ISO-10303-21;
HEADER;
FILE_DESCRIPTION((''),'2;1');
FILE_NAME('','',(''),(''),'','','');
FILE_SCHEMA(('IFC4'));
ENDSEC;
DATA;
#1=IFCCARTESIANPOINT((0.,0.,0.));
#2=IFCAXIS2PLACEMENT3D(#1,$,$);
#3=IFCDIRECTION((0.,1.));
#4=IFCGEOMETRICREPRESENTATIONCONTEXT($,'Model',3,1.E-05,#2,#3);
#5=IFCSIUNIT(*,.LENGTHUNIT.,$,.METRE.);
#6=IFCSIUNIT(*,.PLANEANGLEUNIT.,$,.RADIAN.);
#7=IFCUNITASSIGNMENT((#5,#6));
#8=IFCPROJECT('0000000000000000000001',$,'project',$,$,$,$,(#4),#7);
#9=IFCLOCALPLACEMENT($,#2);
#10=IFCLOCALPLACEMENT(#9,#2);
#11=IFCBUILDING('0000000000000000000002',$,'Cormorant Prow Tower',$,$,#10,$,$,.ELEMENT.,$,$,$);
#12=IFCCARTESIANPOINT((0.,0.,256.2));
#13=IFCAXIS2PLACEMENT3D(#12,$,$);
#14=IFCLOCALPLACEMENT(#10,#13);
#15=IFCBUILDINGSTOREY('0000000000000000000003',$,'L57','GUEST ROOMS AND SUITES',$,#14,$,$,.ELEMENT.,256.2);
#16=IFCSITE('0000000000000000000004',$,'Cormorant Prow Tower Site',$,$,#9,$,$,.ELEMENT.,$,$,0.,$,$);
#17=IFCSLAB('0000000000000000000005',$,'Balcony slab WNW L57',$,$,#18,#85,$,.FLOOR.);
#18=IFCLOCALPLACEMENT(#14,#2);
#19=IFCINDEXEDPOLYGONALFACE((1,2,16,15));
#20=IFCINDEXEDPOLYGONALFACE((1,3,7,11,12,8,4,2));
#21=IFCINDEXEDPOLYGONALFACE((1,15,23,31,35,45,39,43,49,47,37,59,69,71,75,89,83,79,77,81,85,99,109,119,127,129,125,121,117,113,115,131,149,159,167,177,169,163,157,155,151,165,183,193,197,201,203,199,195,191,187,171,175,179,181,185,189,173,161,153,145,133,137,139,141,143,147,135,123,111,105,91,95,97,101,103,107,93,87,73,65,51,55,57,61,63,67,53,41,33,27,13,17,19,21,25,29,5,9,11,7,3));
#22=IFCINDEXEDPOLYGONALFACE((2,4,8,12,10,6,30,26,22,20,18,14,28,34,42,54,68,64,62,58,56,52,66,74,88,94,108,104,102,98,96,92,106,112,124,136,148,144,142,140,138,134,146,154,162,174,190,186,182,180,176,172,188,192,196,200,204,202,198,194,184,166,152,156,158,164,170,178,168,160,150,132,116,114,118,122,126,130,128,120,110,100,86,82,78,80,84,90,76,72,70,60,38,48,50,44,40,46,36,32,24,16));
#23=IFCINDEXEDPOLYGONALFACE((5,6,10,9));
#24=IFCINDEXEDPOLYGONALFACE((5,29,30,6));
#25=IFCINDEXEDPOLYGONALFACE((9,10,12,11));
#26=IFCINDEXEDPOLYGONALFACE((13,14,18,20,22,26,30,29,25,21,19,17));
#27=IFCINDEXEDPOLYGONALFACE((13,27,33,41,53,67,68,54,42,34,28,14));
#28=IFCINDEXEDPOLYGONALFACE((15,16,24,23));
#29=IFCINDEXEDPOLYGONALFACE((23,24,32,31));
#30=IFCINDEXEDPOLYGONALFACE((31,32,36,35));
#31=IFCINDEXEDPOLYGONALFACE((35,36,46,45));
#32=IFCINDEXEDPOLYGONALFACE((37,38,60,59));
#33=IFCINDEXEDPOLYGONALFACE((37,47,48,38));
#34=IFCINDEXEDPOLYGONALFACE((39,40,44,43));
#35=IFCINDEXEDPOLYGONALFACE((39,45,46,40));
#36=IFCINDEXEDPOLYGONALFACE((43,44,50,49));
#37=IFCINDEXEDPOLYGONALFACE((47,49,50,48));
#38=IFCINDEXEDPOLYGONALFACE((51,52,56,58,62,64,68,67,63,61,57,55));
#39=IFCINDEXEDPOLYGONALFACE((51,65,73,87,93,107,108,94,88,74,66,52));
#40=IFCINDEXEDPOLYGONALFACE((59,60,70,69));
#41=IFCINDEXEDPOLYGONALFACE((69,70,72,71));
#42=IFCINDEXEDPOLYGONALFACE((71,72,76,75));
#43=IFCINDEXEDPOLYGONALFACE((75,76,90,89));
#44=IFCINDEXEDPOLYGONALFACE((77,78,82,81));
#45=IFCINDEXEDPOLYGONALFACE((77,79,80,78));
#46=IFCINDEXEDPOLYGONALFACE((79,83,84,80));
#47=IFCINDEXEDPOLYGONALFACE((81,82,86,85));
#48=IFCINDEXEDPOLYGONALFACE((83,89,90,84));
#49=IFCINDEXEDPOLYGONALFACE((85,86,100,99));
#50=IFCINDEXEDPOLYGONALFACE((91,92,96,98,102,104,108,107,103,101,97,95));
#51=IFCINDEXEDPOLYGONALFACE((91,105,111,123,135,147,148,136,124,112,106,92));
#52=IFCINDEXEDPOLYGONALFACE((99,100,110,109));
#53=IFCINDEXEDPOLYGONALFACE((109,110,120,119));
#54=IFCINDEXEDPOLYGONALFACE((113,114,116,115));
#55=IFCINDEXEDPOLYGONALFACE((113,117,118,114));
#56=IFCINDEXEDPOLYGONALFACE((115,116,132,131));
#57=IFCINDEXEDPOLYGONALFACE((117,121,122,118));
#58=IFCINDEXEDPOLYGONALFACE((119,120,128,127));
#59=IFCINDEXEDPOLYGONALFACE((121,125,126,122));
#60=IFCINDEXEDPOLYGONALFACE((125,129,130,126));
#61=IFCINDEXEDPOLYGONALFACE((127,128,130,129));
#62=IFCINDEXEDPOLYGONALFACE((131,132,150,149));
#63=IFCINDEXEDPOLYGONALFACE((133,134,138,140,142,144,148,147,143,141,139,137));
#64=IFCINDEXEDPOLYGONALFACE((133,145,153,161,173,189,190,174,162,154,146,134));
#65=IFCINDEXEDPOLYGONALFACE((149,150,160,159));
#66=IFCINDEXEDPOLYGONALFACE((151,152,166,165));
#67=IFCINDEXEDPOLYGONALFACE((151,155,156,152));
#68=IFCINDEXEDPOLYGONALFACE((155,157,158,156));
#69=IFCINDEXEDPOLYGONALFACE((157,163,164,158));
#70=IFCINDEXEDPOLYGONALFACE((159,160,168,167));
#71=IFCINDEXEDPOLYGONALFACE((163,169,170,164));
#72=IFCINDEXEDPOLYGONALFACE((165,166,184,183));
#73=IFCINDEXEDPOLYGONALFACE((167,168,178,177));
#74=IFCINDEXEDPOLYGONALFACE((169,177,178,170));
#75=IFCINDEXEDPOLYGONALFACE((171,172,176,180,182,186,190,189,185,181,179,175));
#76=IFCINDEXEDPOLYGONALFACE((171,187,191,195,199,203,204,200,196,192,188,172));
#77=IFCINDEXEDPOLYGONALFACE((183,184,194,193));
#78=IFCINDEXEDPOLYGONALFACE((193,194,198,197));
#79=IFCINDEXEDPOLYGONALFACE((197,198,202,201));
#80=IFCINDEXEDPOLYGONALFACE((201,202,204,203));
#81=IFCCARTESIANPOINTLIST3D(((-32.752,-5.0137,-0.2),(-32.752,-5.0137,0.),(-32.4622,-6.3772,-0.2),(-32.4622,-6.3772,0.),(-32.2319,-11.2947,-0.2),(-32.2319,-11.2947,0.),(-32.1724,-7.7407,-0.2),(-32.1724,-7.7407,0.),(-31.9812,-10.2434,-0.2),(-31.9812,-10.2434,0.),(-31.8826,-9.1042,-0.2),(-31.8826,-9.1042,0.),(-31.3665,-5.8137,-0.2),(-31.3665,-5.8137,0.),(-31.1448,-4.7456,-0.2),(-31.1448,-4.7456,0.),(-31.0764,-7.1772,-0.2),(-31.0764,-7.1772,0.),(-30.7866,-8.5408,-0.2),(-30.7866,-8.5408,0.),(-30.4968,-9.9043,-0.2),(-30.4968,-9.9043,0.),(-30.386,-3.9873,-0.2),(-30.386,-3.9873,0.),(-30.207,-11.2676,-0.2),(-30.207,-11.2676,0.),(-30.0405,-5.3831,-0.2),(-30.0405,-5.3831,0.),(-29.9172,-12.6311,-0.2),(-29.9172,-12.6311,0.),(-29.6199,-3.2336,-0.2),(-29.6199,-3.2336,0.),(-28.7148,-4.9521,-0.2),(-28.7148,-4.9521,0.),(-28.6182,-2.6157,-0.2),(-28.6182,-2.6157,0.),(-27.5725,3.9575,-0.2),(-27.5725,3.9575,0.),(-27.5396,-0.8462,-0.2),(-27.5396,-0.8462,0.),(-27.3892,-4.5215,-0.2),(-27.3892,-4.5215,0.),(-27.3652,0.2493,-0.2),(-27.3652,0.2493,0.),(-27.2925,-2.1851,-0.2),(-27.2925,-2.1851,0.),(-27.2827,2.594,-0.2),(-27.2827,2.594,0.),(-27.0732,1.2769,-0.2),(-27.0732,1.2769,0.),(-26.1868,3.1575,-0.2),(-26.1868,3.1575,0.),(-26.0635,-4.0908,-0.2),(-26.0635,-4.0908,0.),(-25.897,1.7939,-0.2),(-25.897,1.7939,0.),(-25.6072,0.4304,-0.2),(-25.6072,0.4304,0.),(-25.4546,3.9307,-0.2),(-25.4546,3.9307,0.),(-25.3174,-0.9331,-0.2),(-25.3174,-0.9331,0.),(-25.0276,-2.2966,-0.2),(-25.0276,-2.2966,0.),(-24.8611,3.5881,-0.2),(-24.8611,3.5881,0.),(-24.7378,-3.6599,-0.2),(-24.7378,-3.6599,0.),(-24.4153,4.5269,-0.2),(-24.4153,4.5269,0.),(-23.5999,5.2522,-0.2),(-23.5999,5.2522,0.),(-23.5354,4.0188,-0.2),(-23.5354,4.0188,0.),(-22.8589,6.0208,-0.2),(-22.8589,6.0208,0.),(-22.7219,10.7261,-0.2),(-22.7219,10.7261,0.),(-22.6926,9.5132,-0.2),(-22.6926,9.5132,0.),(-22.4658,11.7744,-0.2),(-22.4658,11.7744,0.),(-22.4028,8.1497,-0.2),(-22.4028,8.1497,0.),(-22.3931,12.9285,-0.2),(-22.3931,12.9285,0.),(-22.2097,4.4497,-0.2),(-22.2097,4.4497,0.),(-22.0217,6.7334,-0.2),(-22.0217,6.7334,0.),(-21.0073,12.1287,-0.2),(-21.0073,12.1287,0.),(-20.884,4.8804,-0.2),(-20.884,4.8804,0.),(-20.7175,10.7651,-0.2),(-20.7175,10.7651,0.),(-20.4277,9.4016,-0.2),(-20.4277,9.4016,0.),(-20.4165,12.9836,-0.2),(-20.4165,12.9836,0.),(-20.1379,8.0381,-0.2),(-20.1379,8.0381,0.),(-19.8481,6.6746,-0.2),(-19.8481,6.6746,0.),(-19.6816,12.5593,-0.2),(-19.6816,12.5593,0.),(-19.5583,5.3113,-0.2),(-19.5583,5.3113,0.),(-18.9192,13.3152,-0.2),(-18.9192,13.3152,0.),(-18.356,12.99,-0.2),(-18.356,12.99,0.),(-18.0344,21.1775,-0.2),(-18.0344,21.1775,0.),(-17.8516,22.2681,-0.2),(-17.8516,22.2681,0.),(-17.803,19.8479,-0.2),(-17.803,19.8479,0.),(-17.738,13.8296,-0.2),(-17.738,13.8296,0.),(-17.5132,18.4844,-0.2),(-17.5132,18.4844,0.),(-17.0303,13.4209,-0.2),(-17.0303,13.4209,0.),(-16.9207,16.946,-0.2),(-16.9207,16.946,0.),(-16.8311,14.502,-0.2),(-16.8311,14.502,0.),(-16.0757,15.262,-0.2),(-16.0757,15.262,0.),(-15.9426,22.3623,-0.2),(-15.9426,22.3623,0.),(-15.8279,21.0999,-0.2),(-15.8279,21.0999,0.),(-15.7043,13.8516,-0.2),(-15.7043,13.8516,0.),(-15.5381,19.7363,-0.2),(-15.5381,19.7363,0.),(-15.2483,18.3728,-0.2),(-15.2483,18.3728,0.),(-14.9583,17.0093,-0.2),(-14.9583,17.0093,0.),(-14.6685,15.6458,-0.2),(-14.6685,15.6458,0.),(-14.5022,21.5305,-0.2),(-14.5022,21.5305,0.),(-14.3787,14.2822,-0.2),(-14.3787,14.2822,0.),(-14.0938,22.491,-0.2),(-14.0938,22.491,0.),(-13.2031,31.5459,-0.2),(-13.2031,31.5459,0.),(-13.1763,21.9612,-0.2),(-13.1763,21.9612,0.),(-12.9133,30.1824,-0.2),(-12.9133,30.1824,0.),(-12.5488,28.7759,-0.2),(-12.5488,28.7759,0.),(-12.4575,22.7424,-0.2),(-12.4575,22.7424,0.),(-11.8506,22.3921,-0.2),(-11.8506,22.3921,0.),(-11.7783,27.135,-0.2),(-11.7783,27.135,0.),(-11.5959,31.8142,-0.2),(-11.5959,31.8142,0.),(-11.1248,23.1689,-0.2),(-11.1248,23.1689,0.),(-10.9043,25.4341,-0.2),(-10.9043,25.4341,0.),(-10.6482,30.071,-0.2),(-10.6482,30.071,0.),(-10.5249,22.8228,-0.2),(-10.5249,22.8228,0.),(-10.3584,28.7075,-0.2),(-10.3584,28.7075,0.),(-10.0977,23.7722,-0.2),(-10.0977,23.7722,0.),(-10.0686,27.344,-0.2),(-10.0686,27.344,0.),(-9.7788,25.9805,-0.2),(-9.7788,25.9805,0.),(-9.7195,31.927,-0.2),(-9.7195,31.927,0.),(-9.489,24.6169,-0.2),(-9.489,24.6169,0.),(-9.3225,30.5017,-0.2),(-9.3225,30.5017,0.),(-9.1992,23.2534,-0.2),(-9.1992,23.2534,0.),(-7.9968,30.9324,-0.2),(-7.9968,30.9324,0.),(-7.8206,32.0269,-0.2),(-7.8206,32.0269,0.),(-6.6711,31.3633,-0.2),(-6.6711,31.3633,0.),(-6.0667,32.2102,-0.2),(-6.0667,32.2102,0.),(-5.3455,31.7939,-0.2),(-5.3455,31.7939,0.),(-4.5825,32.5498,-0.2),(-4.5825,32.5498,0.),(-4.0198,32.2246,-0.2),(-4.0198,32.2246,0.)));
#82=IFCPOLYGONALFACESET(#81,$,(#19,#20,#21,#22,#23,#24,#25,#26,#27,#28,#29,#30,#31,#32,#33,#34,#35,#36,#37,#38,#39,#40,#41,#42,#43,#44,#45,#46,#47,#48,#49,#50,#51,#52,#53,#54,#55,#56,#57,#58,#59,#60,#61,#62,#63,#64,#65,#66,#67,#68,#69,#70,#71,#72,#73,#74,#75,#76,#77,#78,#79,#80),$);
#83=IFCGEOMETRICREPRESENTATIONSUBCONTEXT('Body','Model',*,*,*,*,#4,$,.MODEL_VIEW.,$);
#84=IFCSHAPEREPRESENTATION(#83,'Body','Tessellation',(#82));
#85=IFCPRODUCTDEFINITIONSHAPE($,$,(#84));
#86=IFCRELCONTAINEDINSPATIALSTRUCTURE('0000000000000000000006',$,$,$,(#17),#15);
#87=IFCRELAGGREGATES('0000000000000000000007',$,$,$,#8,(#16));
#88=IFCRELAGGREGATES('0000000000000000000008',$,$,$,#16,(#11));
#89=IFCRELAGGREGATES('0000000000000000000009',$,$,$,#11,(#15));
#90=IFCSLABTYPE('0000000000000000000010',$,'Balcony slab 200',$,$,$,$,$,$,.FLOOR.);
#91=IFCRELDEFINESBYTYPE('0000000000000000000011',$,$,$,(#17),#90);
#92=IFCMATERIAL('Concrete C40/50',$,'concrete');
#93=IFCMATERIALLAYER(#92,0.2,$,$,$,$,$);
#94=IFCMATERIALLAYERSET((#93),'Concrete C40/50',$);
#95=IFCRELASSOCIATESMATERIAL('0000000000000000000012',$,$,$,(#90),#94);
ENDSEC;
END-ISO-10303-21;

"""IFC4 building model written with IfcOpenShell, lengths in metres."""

from ifc_helpers import new_model, si_unit, direction, frame, origin, place, context, subcontext, project, spatial, polyline, outline, extrude, material, layer, layer_set, type_object, element, save


model = new_model("IFC4")

# Units and contexts
model_context = context("Model", 3, precision=1e-05, world=origin(), true_north=direction((0.0, 1.0)))
body_context = subcontext(model_context, "Body", "Model", "MODEL_VIEW")
ifc_project = project(units=[si_unit("LENGTHUNIT", "METRE"), si_unit("PLANEANGLEUNIT", "RADIAN")], contexts=[model_context])

# Site, building, storey
site_placement = place(None, origin())
site = spatial("IfcSite", under=ifc_project, at=site_placement, Name="Cormorant Prow Tower Site", CompositionType="ELEMENT", RefElevation=0.0)
building_placement = place(site_placement, origin())
building = spatial("IfcBuilding", under=site, at=building_placement, Name="Cormorant Prow Tower", CompositionType="ELEMENT")
storey_placement = place(building_placement, frame((0.0, 0.0, 256.2)))
storey = spatial("IfcBuildingStorey", under=building, at=storey_placement, Name="L57", Description="GUEST ROOMS AND SUITES", CompositionType="ELEMENT", Elevation=256.2)

# Slab
ifc_material_1 = material(Name="Concrete C40/50", Category="concrete")
ifc_layer_1 = layer(ifc_material_1, 0.2)
ifc_layer_set_1 = layer_set([ifc_layer_1], Name="Concrete C40/50")
slab_type_1 = type_object("IfcSlabType", Name="Balcony slab 200", PredefinedType="FLOOR", material=ifc_layer_set_1)
slab_1_placement = place(storey_placement, frame((0.0, 0.0, -0.2)))
element("IfcSlab", 1, at=slab_1_placement, inside=storey, type_object=slab_type_1, Name="Balcony slab WNW L57", PredefinedType="FLOOR", context=body_context, shape_type="SweptSolid", body=[
    extrude(outline(polyline([(-4.0198, 32.2246), (-4.5825, 32.5498), (-6.0667, 32.2102), (-7.8206, 32.0269), (-9.7195, 31.927), (-11.5959, 31.8142), (-13.2031, 31.5459), (-12.9133, 30.1824), (-12.5488, 28.7759), (-11.7783, 27.135), (-10.9043, 25.4341), (-10.0977, 23.7722), (-11.1248, 23.1689), (-12.4575, 22.7424), (-14.0938, 22.491), (-15.9426, 22.3623), (-17.8516, 22.2681), (-18.0344, 21.1775), (-17.803, 19.8479), (-17.5132, 18.4844), (-16.9207, 16.946), (-16.0757, 15.262), (-16.8311, 14.502), (-17.738, 13.8296), (-18.9192, 13.3152), (-20.4165, 12.9836), (-22.3931, 12.9285), (-22.4658, 11.7744), (-22.7219, 10.7261), (-22.6926, 9.5132), (-22.4028, 8.1497), (-22.0217, 6.7334), (-22.8589, 6.0208), (-23.5999, 5.2522), (-24.4153, 4.5269), (-25.4546, 3.9307), (-27.5725, 3.9575), (-27.2827, 2.594), (-27.0732, 1.2769), (-27.3652, 0.2493), (-27.5396, -0.8462), (-27.2925, -2.1851), (-28.6182, -2.6157), (-29.6199, -3.2336), (-30.386, -3.9873), (-31.1448, -4.7456), (-32.752, -5.0137), (-32.4622, -6.3772), (-32.1724, -7.7407), (-31.8826, -9.1042), (-31.9812, -10.2434), (-32.2319, -11.2947), (-29.9172, -12.6311), (-30.207, -11.2676), (-30.4968, -9.9043), (-30.7866, -8.5408), (-31.0764, -7.1772), (-31.3665, -5.8137), (-30.0405, -5.3831), (-28.7148, -4.9521), (-27.3892, -4.5215), (-26.0635, -4.0908), (-24.7378, -3.6599), (-25.0276, -2.2966), (-25.3174, -0.9331), (-25.6072, 0.4304), (-25.897, 1.7939), (-26.1868, 3.1575), (-24.8611, 3.5881), (-23.5354, 4.0188), (-22.2097, 4.4497), (-20.884, 4.8804), (-19.5583, 5.3113), (-19.8481, 6.6746), (-20.1379, 8.0381), (-20.4277, 9.4016), (-20.7175, 10.7651), (-21.0073, 12.1287), (-19.6816, 12.5593), (-18.356, 12.99), (-17.0303, 13.4209), (-15.7043, 13.8516), (-14.3787, 14.2822), (-14.6685, 15.6458), (-14.9583, 17.0093), (-15.2483, 18.3728), (-15.5381, 19.7363), (-15.8279, 21.0999), (-14.5022, 21.5305), (-13.1763, 21.9612), (-11.8506, 22.3921), (-10.5249, 22.8228), (-9.1992, 23.2534), (-9.489, 24.6169), (-9.7788, 25.9805), (-10.0686, 27.344), (-10.3584, 28.7075), (-10.6482, 30.071), (-9.3225, 30.5017), (-7.9968, 30.9324), (-6.6711, 31.3633), (-5.3455, 31.7939), (-4.0198, 32.2246)])), origin(), (0.0, 0.0, 1.0), 0.2),
])

save(model, "model.ifc")
